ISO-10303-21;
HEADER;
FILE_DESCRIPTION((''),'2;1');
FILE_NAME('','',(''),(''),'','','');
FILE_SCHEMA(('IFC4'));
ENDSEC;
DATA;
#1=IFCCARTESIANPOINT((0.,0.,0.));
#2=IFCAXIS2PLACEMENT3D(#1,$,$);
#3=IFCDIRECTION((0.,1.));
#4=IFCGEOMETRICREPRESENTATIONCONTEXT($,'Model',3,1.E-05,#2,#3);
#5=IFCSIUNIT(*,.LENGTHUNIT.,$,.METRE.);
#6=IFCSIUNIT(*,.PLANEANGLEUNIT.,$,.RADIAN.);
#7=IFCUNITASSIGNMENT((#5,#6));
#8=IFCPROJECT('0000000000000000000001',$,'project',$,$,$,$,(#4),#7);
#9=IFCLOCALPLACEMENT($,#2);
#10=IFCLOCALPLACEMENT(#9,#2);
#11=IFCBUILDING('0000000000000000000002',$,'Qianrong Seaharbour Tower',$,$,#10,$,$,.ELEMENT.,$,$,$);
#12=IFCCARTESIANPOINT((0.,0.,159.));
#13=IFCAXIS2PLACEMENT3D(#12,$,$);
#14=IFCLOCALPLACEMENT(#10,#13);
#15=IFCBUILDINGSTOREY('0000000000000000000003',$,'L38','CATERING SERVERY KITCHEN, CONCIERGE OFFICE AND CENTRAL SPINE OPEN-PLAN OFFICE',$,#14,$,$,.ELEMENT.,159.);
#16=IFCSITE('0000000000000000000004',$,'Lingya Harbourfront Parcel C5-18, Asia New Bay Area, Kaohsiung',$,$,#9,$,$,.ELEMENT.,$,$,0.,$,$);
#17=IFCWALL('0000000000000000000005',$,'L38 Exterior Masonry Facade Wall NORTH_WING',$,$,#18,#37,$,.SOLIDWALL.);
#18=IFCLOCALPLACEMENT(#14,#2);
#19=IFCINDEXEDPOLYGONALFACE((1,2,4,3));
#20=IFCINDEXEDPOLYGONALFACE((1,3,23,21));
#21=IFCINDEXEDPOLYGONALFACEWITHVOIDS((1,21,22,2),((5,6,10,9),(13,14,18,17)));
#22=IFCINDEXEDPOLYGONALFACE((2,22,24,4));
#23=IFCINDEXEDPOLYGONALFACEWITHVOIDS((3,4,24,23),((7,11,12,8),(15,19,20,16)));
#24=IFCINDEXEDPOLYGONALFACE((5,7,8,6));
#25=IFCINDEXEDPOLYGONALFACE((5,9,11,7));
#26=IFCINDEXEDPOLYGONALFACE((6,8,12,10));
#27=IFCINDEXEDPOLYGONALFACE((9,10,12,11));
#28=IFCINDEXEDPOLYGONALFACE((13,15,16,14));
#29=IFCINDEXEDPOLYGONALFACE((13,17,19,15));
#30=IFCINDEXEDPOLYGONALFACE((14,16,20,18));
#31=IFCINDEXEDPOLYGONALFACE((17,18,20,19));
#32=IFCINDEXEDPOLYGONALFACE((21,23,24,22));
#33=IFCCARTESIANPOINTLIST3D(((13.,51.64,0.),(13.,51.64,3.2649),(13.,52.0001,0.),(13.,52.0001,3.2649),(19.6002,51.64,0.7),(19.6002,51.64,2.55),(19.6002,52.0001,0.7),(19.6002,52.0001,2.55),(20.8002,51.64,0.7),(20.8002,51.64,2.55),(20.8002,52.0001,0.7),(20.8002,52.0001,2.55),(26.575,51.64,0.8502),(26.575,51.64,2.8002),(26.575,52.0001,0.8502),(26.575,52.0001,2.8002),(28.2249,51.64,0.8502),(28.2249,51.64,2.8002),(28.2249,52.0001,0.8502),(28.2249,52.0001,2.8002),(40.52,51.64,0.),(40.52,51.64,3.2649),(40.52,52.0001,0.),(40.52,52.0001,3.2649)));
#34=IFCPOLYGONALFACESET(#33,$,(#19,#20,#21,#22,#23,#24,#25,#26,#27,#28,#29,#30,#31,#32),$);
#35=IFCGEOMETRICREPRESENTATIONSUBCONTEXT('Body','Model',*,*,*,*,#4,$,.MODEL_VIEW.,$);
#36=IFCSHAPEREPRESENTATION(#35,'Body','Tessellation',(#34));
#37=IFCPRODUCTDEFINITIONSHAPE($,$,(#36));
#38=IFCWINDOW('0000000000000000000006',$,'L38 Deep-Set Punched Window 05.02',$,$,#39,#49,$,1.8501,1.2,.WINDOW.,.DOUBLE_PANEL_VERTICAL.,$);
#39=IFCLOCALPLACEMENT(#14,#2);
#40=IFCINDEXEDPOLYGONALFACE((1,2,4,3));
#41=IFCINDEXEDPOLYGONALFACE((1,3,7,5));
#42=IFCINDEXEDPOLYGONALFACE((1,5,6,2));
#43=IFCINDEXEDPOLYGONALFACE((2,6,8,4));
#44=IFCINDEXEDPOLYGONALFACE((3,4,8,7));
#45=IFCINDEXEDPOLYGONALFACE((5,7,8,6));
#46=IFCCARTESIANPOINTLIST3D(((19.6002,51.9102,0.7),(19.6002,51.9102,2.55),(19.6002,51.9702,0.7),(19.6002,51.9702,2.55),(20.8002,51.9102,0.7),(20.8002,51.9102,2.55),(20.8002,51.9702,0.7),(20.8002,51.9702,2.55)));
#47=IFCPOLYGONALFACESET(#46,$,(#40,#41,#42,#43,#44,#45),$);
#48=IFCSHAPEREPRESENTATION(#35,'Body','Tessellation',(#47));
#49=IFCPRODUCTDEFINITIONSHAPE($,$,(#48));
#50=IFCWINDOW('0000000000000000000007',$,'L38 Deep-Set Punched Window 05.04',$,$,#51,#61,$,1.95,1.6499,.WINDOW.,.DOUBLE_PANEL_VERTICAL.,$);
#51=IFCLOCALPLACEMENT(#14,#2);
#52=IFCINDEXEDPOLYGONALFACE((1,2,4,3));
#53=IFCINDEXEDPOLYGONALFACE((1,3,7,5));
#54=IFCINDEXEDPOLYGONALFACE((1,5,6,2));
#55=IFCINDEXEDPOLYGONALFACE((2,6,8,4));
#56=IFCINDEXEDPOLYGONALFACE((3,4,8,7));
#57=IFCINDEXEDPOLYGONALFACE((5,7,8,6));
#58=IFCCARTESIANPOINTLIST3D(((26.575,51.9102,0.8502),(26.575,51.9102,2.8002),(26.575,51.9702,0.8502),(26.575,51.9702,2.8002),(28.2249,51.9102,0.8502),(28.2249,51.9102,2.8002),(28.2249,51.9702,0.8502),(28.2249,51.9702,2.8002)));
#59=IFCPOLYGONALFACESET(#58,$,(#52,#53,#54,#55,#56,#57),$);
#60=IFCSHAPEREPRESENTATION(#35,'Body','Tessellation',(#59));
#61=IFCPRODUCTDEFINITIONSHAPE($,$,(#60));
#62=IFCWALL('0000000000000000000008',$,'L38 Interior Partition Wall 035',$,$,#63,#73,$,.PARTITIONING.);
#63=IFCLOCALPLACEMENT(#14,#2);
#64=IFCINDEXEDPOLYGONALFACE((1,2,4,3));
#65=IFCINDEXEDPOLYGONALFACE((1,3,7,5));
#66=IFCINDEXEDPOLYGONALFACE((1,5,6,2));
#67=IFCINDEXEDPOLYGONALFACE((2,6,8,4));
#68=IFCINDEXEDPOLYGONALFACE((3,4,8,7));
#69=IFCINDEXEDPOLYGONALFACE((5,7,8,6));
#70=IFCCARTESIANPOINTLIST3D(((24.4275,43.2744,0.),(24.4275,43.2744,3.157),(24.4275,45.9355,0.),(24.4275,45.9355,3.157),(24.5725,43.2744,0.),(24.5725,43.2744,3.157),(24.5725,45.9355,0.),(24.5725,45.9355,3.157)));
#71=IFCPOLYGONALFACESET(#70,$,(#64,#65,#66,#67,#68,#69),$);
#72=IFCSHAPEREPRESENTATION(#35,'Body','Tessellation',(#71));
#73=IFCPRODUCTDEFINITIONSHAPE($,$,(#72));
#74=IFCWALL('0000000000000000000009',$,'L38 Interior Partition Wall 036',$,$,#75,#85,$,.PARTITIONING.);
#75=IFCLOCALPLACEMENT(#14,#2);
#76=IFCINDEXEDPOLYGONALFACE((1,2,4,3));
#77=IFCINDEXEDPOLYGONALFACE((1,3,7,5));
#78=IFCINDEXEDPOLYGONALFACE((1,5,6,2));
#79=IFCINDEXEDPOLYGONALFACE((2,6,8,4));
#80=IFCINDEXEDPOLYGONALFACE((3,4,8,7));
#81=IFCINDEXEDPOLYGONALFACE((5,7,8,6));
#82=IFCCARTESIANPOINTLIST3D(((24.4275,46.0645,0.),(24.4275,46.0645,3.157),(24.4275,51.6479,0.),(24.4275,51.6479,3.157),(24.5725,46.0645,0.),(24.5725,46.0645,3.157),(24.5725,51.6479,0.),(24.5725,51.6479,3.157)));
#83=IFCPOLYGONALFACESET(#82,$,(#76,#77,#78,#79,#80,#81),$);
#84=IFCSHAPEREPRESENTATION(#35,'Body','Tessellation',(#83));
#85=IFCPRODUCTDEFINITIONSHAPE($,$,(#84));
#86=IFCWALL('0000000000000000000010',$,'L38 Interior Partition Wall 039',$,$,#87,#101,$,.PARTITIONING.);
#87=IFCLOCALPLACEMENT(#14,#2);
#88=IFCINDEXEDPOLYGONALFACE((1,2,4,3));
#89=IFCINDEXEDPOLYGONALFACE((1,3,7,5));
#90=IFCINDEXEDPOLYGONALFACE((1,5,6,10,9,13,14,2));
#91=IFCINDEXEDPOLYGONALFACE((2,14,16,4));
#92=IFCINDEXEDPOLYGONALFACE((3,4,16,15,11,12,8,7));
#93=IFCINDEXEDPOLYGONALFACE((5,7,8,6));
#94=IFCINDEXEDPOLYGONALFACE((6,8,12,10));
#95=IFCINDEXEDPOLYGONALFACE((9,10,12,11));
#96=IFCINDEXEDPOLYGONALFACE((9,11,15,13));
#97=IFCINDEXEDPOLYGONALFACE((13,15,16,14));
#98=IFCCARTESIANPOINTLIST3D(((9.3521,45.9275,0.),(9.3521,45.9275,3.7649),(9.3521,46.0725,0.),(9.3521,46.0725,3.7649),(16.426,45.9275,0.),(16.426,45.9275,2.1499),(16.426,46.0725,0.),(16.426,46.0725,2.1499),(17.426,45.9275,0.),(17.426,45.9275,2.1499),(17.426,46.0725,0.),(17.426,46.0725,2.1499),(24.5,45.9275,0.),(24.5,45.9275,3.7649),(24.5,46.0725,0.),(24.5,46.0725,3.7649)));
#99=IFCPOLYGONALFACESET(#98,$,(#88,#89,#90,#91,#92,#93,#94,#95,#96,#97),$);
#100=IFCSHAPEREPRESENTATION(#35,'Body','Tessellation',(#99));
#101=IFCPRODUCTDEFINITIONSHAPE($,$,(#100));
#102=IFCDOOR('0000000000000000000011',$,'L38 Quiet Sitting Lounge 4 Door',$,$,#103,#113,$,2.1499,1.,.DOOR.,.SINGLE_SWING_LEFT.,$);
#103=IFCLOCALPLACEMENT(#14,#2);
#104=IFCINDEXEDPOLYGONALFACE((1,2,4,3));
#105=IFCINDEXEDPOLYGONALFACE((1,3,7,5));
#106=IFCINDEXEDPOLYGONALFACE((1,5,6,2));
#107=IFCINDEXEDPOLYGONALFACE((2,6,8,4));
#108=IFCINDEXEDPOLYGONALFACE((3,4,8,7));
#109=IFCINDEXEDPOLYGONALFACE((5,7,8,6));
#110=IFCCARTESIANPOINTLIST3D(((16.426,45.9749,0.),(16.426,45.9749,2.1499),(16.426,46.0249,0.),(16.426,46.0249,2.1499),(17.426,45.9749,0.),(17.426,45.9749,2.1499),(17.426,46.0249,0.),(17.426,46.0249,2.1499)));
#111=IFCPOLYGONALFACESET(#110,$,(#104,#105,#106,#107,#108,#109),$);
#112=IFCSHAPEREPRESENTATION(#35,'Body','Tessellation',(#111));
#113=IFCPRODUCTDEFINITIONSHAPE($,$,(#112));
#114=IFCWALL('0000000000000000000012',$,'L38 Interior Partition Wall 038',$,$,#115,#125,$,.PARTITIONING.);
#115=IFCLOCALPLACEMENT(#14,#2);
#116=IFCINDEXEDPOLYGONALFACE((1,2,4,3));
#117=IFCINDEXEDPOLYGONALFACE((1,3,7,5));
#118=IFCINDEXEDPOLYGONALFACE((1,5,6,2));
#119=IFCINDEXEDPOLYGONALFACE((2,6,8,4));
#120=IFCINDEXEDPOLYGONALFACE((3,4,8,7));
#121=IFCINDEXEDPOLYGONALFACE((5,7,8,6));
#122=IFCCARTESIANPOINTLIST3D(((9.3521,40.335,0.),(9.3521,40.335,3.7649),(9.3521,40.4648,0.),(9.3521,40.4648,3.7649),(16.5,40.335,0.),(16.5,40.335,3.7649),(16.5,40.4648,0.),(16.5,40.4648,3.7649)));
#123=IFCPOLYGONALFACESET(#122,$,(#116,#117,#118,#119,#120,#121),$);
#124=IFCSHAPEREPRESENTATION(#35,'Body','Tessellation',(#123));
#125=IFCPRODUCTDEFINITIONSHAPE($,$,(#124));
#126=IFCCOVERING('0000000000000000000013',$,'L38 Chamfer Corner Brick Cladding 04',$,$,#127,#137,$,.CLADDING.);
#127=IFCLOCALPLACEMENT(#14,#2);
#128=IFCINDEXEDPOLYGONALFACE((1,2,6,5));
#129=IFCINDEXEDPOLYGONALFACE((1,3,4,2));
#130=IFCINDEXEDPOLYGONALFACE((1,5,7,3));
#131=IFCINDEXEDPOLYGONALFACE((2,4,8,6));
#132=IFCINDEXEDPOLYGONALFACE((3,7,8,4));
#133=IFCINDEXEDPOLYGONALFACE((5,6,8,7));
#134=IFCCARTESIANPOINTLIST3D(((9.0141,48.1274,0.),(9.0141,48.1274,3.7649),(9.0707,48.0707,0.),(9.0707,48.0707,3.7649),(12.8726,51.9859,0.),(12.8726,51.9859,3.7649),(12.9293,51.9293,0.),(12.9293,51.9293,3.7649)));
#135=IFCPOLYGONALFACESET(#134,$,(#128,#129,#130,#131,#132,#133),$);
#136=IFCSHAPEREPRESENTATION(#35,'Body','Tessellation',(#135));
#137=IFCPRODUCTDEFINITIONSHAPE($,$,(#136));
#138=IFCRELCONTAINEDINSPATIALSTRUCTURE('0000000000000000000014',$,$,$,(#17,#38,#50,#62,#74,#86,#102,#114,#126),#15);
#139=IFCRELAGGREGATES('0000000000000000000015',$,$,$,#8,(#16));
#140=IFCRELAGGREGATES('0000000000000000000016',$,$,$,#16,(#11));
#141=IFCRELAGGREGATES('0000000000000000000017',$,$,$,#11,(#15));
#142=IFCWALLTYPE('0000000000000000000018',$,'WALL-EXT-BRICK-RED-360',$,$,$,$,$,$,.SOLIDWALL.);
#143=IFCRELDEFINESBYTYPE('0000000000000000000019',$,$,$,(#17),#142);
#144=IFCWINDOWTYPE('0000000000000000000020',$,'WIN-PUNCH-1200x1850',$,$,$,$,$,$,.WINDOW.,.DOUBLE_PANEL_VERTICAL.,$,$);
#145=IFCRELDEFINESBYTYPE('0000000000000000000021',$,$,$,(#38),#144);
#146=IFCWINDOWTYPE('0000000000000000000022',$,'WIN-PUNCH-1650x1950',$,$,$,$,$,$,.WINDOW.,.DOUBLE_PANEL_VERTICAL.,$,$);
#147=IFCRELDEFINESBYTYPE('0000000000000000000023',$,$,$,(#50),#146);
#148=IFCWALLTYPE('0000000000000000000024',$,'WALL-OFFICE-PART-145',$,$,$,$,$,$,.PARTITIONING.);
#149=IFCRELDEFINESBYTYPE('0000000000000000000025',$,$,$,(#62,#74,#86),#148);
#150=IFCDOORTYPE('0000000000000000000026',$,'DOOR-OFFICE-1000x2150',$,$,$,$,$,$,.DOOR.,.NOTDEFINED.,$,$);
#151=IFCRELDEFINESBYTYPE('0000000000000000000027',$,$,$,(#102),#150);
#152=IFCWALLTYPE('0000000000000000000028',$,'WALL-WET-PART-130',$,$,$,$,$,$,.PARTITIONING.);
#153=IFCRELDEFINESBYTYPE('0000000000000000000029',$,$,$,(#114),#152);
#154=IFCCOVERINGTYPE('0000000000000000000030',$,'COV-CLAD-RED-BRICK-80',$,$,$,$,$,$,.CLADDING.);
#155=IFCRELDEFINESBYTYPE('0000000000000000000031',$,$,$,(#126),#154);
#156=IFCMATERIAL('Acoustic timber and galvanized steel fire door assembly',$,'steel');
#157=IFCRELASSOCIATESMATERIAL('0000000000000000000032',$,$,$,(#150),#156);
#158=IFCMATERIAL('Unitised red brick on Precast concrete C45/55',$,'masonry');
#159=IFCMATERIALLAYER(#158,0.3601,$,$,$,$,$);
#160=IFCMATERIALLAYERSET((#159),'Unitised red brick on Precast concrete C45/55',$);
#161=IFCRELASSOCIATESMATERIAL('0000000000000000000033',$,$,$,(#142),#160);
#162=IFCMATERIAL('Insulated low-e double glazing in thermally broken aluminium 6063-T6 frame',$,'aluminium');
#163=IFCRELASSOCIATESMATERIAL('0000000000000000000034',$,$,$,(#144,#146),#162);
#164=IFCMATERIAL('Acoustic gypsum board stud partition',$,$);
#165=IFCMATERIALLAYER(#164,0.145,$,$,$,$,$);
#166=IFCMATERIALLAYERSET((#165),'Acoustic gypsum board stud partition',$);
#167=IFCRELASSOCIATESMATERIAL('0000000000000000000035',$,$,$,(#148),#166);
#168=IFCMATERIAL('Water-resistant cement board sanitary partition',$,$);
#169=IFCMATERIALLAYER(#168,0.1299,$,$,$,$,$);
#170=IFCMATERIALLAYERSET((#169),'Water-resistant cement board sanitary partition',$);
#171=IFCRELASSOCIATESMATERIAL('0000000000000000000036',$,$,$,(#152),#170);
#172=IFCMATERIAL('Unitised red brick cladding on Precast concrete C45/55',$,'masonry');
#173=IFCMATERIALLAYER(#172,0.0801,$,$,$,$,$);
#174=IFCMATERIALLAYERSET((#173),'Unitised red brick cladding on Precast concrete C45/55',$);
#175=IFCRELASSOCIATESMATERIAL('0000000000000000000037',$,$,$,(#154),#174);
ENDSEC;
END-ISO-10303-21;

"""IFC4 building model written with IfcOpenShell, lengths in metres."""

from ifc_helpers import new_model, si_unit, direction, frame, frame_2d, origin, origin_2d, place, context, subcontext, project, spatial, rectangle, extrude, material, layer, layer_set, type_object, element, fill, save


model = new_model("IFC4")

# Units and contexts
model_context = context("Model", 3, precision=1e-05, world=origin(), true_north=direction((0.0, 1.0)))
body_context = subcontext(model_context, "Body", "Model", "MODEL_VIEW")
ifc_project = project(units=[si_unit("LENGTHUNIT", "METRE"), si_unit("PLANEANGLEUNIT", "RADIAN")], contexts=[model_context])

# Site, building, storey
site_placement = place(None, origin())
site = spatial("IfcSite", under=ifc_project, at=site_placement, Name="Lingya Harbourfront Parcel C5-18, Asia New Bay Area, Kaohsiung", CompositionType="ELEMENT", RefElevation=0.0)
building_placement = place(site_placement, origin())
building = spatial("IfcBuilding", under=site, at=building_placement, Name="Qianrong Seaharbour Tower", CompositionType="ELEMENT")
storey_placement = place(building_placement, frame((0.0, 0.0, 159.0)))
storey = spatial("IfcBuildingStorey", under=building, at=storey_placement, Name="L38", Description="CATERING SERVERY KITCHEN, CONCIERGE OFFICE AND CENTRAL SPINE OPEN-PLAN OFFICE", CompositionType="ELEMENT", Elevation=159.0)

# Shared definitions
ifc_material_1 = material(Name="Acoustic timber and galvanized steel fire door assembly", Category="steel")
door_type = type_object("IfcDoorType", Name="DOOR-OFFICE-1000x2150", OperationType="NOTDEFINED", PredefinedType="DOOR", material=ifc_material_1)

# Shared definitions
ifc_material_2 = material(Name="Unitised red brick on Precast concrete C45/55", Category="masonry")
ifc_layer_1 = layer(ifc_material_2, 0.3601)
ifc_layer_set_1 = layer_set([ifc_layer_1], Name="Unitised red brick on Precast concrete C45/55")
wall_type_1 = type_object("IfcWallType", Name="WALL-EXT-BRICK-RED-360", PredefinedType="SOLIDWALL", material=ifc_layer_set_1)

# Wall, openings, windows
wall_1_placement = place(storey_placement, frame((13.0, 51.8201, 0.0), z_axis=(0.0, 0.0, 1.0), x_axis=(1.0, 0.0, 0.0)))
wall_1 = element("IfcWall", 1, at=wall_1_placement, inside=storey, type_object=wall_type_1, Name="L38 Exterior Masonry Facade Wall NORTH_WING", PredefinedType="SOLIDWALL", context=body_context, shape_type="SweptSolid", body=[
    extrude(rectangle(XDim=27.52, YDim=0.3601, at=frame_2d((13.76, 0.0))), origin(), (0.0, 0.0, 1.0), 3.2649),
])
opening_1_placement = place(wall_1_placement, frame((6.6001, 0.0, 0.7)))
opening_1 = element("IfcOpeningElement", 2, at=opening_1_placement, cuts=wall_1, PredefinedType="OPENING", context=body_context, shape_type="SweptSolid", body=[
    extrude(rectangle(XDim=1.2, YDim=1.8501, at=frame_2d((0.6001, 0.925))), frame((0.0, 0.1899, 0.0), z_axis=(0.0, -1.0, 0.0), x_axis=(1.0, 0.0, 0.0)), (0.0, 0.0, 1.0), 0.3801),
])
opening_2_placement = place(wall_1_placement, frame((13.575, 0.0, 0.8501)))
opening_2 = element("IfcOpeningElement", 3, at=opening_2_placement, cuts=wall_1, PredefinedType="OPENING", context=body_context, shape_type="SweptSolid", body=[
    extrude(rectangle(XDim=1.6499, YDim=1.95, at=frame_2d((0.825, 0.9751))), frame((0.0, 0.1899, 0.0), z_axis=(0.0, -1.0, 0.0), x_axis=(1.0, 0.0, 0.0)), (0.0, 0.0, 1.0), 0.3801),
])
ifc_material_3 = material(Name="Insulated low-e double glazing in thermally broken aluminium 6063-T6 frame", Category="aluminium")
window_type_1 = type_object("IfcWindowType", Name="WIN-PUNCH-1200x1850", PartitioningType="DOUBLE_PANEL_VERTICAL", PredefinedType="WINDOW", material=ifc_material_3)
window_1_placement = place(opening_1_placement, origin())
window_1 = element("IfcWindow", 4, at=window_1_placement, inside=storey, type_object=window_type_1, Name="L38 Deep-Set Punched Window 05.02", OverallHeight=1.8501, OverallWidth=1.2, PartitioningType="DOUBLE_PANEL_VERTICAL", PredefinedType="WINDOW", context=body_context, shape_type="SweptSolid", body=[
    extrude(rectangle(XDim=1.2, YDim=1.8501, at=frame_2d((0.6001, 0.925))), frame((0.0, 0.1501, 0.0), z_axis=(0.0, -1.0, 0.0), x_axis=(1.0, 0.0, 0.0)), (0.0, 0.0, 1.0), 0.0601),
])
fill(opening_1, window_1)
window_type_2 = type_object("IfcWindowType", Name="WIN-PUNCH-1650x1950", PartitioningType="DOUBLE_PANEL_VERTICAL", PredefinedType="WINDOW", material=ifc_material_3)
window_2_placement = place(opening_2_placement, origin())
window_2 = element("IfcWindow", 5, at=window_2_placement, inside=storey, type_object=window_type_2, Name="L38 Deep-Set Punched Window 05.04", OverallHeight=1.95, OverallWidth=1.6499, PartitioningType="DOUBLE_PANEL_VERTICAL", PredefinedType="WINDOW", context=body_context, shape_type="SweptSolid", body=[
    extrude(rectangle(XDim=1.6499, YDim=1.95, at=frame_2d((0.825, 0.9751))), frame((0.0, 0.1501, 0.0), z_axis=(0.0, -1.0, 0.0), x_axis=(1.0, 0.0, 0.0)), (0.0, 0.0, 1.0), 0.0601),
])
fill(opening_2, window_2)

# Walls
ifc_material_4 = material(Name="Acoustic gypsum board stud partition")
ifc_layer_2 = layer(ifc_material_4, 0.145)
ifc_layer_set_2 = layer_set([ifc_layer_2], Name="Acoustic gypsum board stud partition")
wall_type_2 = type_object("IfcWallType", Name="WALL-OFFICE-PART-145", PredefinedType="PARTITIONING", material=ifc_layer_set_2)
wall_2_placement = place(storey_placement, frame((24.5, 43.2744, 0.0), z_axis=(0.0, 0.0, 1.0), x_axis=(0.0, 1.0, 0.0)))
element("IfcWall", 6, at=wall_2_placement, inside=storey, type_object=wall_type_2, Name="L38 Interior Partition Wall 035", PredefinedType="PARTITIONING", context=body_context, shape_type="SweptSolid", body=[
    extrude(rectangle(XDim=2.6611, YDim=0.145, at=frame_2d((1.3306, 0.0))), origin(), (0.0, 0.0, 1.0), 3.157),
])
wall_3_placement = place(storey_placement, frame((24.5, 46.0645, 0.0), z_axis=(0.0, 0.0, 1.0), x_axis=(0.0, 1.0, 0.0)))
element("IfcWall", 7, at=wall_3_placement, inside=storey, type_object=wall_type_2, Name="L38 Interior Partition Wall 036", PredefinedType="PARTITIONING", context=body_context, shape_type="SweptSolid", body=[
    extrude(rectangle(XDim=5.5835, YDim=0.145, at=frame_2d((2.7917, 0.0))), origin(), (0.0, 0.0, 1.0), 3.157),
])

# Wall, opening, door
wall_4_placement = place(storey_placement, frame((9.3521, 46.0, 0.0), z_axis=(0.0, 0.0, 1.0), x_axis=(1.0, 0.0, 0.0)))
wall_4 = element("IfcWall", 8, at=wall_4_placement, inside=storey, type_object=wall_type_2, Name="L38 Interior Partition Wall 039", PredefinedType="PARTITIONING", context=body_context, shape_type="SweptSolid", body=[
    extrude(rectangle(XDim=15.1479, YDim=0.145, at=frame_2d((7.574, 0.0))), origin(), (0.0, 0.0, 1.0), 3.7649),
])
opening_3_placement = place(wall_4_placement, frame((7.074, 0.0, 0.0)))
opening_3 = element("IfcOpeningElement", 9, at=opening_3_placement, cuts=wall_4, PredefinedType="OPENING", context=body_context, shape_type="SweptSolid", body=[
    extrude(rectangle(XDim=1.0, YDim=2.1499, at=frame_2d((0.5, 1.075))), frame((0.0, 0.0825, 0.0), z_axis=(0.0, -1.0, 0.0), x_axis=(1.0, 0.0, 0.0)), (0.0, 0.0, 1.0), 0.165),
])
door_1_placement = place(opening_3_placement, origin())
door_1 = element("IfcDoor", 10, at=door_1_placement, inside=storey, type_object=door_type, Name="L38 Quiet Sitting Lounge 4 Door", OperationType="SINGLE_SWING_LEFT", OverallHeight=2.1499, OverallWidth=1.0, PredefinedType="DOOR", context=body_context, shape_type="SweptSolid", body=[
    extrude(rectangle(XDim=1.0, YDim=2.1499, at=frame_2d((0.5, 1.075))), frame((0.0, 0.0249, 0.0), z_axis=(0.0, -1.0, 0.0), x_axis=(1.0, 0.0, 0.0)), (0.0, 0.0, 1.0), 0.05),
])
fill(opening_3, door_1)

# Wall
ifc_material_5 = material(Name="Water-resistant cement board sanitary partition")
ifc_layer_3 = layer(ifc_material_5, 0.1299)
ifc_layer_set_3 = layer_set([ifc_layer_3], Name="Water-resistant cement board sanitary partition")
wall_type_3 = type_object("IfcWallType", Name="WALL-WET-PART-130", PredefinedType="PARTITIONING", material=ifc_layer_set_3)
wall_5_placement = place(storey_placement, frame((9.3521, 40.3999, 0.0), z_axis=(0.0, 0.0, 1.0), x_axis=(1.0, 0.0, 0.0)))
element("IfcWall", 11, at=wall_5_placement, inside=storey, type_object=wall_type_3, Name="L38 Interior Partition Wall 038", PredefinedType="PARTITIONING", context=body_context, shape_type="SweptSolid", body=[
    extrude(rectangle(XDim=7.1479, YDim=0.1299, at=frame_2d((3.574, 0.0))), origin(), (0.0, 0.0, 1.0), 3.7649),
])

# Covering
ifc_material_6 = material(Name="Unitised red brick cladding on Precast concrete C45/55", Category="masonry")
ifc_layer_4 = layer(ifc_material_6, 0.0801)
ifc_layer_set_4 = layer_set([ifc_layer_4], Name="Unitised red brick cladding on Precast concrete C45/55")
covering_type = type_object("IfcCoveringType", Name="COV-CLAD-RED-BRICK-80", PredefinedType="CLADDING", material=ifc_layer_set_4)
covering_placement = place(storey_placement, frame((10.9717, 50.0283, 0.0), z_axis=(0.0, 0.0, 1.0), x_axis=(0.707107, 0.707107, 0.0)))
element("IfcCovering", 12, at=covering_placement, inside=storey, type_object=covering_type, Name="L38 Chamfer Corner Brick Cladding 04", PredefinedType="CLADDING", context=body_context, shape_type="SweptSolid", body=[
    extrude(rectangle(XDim=5.4568, YDim=0.0801, at=origin_2d()), origin(), (0.0, 0.0, 1.0), 3.7649),
])

save(model, "model.ifc")
